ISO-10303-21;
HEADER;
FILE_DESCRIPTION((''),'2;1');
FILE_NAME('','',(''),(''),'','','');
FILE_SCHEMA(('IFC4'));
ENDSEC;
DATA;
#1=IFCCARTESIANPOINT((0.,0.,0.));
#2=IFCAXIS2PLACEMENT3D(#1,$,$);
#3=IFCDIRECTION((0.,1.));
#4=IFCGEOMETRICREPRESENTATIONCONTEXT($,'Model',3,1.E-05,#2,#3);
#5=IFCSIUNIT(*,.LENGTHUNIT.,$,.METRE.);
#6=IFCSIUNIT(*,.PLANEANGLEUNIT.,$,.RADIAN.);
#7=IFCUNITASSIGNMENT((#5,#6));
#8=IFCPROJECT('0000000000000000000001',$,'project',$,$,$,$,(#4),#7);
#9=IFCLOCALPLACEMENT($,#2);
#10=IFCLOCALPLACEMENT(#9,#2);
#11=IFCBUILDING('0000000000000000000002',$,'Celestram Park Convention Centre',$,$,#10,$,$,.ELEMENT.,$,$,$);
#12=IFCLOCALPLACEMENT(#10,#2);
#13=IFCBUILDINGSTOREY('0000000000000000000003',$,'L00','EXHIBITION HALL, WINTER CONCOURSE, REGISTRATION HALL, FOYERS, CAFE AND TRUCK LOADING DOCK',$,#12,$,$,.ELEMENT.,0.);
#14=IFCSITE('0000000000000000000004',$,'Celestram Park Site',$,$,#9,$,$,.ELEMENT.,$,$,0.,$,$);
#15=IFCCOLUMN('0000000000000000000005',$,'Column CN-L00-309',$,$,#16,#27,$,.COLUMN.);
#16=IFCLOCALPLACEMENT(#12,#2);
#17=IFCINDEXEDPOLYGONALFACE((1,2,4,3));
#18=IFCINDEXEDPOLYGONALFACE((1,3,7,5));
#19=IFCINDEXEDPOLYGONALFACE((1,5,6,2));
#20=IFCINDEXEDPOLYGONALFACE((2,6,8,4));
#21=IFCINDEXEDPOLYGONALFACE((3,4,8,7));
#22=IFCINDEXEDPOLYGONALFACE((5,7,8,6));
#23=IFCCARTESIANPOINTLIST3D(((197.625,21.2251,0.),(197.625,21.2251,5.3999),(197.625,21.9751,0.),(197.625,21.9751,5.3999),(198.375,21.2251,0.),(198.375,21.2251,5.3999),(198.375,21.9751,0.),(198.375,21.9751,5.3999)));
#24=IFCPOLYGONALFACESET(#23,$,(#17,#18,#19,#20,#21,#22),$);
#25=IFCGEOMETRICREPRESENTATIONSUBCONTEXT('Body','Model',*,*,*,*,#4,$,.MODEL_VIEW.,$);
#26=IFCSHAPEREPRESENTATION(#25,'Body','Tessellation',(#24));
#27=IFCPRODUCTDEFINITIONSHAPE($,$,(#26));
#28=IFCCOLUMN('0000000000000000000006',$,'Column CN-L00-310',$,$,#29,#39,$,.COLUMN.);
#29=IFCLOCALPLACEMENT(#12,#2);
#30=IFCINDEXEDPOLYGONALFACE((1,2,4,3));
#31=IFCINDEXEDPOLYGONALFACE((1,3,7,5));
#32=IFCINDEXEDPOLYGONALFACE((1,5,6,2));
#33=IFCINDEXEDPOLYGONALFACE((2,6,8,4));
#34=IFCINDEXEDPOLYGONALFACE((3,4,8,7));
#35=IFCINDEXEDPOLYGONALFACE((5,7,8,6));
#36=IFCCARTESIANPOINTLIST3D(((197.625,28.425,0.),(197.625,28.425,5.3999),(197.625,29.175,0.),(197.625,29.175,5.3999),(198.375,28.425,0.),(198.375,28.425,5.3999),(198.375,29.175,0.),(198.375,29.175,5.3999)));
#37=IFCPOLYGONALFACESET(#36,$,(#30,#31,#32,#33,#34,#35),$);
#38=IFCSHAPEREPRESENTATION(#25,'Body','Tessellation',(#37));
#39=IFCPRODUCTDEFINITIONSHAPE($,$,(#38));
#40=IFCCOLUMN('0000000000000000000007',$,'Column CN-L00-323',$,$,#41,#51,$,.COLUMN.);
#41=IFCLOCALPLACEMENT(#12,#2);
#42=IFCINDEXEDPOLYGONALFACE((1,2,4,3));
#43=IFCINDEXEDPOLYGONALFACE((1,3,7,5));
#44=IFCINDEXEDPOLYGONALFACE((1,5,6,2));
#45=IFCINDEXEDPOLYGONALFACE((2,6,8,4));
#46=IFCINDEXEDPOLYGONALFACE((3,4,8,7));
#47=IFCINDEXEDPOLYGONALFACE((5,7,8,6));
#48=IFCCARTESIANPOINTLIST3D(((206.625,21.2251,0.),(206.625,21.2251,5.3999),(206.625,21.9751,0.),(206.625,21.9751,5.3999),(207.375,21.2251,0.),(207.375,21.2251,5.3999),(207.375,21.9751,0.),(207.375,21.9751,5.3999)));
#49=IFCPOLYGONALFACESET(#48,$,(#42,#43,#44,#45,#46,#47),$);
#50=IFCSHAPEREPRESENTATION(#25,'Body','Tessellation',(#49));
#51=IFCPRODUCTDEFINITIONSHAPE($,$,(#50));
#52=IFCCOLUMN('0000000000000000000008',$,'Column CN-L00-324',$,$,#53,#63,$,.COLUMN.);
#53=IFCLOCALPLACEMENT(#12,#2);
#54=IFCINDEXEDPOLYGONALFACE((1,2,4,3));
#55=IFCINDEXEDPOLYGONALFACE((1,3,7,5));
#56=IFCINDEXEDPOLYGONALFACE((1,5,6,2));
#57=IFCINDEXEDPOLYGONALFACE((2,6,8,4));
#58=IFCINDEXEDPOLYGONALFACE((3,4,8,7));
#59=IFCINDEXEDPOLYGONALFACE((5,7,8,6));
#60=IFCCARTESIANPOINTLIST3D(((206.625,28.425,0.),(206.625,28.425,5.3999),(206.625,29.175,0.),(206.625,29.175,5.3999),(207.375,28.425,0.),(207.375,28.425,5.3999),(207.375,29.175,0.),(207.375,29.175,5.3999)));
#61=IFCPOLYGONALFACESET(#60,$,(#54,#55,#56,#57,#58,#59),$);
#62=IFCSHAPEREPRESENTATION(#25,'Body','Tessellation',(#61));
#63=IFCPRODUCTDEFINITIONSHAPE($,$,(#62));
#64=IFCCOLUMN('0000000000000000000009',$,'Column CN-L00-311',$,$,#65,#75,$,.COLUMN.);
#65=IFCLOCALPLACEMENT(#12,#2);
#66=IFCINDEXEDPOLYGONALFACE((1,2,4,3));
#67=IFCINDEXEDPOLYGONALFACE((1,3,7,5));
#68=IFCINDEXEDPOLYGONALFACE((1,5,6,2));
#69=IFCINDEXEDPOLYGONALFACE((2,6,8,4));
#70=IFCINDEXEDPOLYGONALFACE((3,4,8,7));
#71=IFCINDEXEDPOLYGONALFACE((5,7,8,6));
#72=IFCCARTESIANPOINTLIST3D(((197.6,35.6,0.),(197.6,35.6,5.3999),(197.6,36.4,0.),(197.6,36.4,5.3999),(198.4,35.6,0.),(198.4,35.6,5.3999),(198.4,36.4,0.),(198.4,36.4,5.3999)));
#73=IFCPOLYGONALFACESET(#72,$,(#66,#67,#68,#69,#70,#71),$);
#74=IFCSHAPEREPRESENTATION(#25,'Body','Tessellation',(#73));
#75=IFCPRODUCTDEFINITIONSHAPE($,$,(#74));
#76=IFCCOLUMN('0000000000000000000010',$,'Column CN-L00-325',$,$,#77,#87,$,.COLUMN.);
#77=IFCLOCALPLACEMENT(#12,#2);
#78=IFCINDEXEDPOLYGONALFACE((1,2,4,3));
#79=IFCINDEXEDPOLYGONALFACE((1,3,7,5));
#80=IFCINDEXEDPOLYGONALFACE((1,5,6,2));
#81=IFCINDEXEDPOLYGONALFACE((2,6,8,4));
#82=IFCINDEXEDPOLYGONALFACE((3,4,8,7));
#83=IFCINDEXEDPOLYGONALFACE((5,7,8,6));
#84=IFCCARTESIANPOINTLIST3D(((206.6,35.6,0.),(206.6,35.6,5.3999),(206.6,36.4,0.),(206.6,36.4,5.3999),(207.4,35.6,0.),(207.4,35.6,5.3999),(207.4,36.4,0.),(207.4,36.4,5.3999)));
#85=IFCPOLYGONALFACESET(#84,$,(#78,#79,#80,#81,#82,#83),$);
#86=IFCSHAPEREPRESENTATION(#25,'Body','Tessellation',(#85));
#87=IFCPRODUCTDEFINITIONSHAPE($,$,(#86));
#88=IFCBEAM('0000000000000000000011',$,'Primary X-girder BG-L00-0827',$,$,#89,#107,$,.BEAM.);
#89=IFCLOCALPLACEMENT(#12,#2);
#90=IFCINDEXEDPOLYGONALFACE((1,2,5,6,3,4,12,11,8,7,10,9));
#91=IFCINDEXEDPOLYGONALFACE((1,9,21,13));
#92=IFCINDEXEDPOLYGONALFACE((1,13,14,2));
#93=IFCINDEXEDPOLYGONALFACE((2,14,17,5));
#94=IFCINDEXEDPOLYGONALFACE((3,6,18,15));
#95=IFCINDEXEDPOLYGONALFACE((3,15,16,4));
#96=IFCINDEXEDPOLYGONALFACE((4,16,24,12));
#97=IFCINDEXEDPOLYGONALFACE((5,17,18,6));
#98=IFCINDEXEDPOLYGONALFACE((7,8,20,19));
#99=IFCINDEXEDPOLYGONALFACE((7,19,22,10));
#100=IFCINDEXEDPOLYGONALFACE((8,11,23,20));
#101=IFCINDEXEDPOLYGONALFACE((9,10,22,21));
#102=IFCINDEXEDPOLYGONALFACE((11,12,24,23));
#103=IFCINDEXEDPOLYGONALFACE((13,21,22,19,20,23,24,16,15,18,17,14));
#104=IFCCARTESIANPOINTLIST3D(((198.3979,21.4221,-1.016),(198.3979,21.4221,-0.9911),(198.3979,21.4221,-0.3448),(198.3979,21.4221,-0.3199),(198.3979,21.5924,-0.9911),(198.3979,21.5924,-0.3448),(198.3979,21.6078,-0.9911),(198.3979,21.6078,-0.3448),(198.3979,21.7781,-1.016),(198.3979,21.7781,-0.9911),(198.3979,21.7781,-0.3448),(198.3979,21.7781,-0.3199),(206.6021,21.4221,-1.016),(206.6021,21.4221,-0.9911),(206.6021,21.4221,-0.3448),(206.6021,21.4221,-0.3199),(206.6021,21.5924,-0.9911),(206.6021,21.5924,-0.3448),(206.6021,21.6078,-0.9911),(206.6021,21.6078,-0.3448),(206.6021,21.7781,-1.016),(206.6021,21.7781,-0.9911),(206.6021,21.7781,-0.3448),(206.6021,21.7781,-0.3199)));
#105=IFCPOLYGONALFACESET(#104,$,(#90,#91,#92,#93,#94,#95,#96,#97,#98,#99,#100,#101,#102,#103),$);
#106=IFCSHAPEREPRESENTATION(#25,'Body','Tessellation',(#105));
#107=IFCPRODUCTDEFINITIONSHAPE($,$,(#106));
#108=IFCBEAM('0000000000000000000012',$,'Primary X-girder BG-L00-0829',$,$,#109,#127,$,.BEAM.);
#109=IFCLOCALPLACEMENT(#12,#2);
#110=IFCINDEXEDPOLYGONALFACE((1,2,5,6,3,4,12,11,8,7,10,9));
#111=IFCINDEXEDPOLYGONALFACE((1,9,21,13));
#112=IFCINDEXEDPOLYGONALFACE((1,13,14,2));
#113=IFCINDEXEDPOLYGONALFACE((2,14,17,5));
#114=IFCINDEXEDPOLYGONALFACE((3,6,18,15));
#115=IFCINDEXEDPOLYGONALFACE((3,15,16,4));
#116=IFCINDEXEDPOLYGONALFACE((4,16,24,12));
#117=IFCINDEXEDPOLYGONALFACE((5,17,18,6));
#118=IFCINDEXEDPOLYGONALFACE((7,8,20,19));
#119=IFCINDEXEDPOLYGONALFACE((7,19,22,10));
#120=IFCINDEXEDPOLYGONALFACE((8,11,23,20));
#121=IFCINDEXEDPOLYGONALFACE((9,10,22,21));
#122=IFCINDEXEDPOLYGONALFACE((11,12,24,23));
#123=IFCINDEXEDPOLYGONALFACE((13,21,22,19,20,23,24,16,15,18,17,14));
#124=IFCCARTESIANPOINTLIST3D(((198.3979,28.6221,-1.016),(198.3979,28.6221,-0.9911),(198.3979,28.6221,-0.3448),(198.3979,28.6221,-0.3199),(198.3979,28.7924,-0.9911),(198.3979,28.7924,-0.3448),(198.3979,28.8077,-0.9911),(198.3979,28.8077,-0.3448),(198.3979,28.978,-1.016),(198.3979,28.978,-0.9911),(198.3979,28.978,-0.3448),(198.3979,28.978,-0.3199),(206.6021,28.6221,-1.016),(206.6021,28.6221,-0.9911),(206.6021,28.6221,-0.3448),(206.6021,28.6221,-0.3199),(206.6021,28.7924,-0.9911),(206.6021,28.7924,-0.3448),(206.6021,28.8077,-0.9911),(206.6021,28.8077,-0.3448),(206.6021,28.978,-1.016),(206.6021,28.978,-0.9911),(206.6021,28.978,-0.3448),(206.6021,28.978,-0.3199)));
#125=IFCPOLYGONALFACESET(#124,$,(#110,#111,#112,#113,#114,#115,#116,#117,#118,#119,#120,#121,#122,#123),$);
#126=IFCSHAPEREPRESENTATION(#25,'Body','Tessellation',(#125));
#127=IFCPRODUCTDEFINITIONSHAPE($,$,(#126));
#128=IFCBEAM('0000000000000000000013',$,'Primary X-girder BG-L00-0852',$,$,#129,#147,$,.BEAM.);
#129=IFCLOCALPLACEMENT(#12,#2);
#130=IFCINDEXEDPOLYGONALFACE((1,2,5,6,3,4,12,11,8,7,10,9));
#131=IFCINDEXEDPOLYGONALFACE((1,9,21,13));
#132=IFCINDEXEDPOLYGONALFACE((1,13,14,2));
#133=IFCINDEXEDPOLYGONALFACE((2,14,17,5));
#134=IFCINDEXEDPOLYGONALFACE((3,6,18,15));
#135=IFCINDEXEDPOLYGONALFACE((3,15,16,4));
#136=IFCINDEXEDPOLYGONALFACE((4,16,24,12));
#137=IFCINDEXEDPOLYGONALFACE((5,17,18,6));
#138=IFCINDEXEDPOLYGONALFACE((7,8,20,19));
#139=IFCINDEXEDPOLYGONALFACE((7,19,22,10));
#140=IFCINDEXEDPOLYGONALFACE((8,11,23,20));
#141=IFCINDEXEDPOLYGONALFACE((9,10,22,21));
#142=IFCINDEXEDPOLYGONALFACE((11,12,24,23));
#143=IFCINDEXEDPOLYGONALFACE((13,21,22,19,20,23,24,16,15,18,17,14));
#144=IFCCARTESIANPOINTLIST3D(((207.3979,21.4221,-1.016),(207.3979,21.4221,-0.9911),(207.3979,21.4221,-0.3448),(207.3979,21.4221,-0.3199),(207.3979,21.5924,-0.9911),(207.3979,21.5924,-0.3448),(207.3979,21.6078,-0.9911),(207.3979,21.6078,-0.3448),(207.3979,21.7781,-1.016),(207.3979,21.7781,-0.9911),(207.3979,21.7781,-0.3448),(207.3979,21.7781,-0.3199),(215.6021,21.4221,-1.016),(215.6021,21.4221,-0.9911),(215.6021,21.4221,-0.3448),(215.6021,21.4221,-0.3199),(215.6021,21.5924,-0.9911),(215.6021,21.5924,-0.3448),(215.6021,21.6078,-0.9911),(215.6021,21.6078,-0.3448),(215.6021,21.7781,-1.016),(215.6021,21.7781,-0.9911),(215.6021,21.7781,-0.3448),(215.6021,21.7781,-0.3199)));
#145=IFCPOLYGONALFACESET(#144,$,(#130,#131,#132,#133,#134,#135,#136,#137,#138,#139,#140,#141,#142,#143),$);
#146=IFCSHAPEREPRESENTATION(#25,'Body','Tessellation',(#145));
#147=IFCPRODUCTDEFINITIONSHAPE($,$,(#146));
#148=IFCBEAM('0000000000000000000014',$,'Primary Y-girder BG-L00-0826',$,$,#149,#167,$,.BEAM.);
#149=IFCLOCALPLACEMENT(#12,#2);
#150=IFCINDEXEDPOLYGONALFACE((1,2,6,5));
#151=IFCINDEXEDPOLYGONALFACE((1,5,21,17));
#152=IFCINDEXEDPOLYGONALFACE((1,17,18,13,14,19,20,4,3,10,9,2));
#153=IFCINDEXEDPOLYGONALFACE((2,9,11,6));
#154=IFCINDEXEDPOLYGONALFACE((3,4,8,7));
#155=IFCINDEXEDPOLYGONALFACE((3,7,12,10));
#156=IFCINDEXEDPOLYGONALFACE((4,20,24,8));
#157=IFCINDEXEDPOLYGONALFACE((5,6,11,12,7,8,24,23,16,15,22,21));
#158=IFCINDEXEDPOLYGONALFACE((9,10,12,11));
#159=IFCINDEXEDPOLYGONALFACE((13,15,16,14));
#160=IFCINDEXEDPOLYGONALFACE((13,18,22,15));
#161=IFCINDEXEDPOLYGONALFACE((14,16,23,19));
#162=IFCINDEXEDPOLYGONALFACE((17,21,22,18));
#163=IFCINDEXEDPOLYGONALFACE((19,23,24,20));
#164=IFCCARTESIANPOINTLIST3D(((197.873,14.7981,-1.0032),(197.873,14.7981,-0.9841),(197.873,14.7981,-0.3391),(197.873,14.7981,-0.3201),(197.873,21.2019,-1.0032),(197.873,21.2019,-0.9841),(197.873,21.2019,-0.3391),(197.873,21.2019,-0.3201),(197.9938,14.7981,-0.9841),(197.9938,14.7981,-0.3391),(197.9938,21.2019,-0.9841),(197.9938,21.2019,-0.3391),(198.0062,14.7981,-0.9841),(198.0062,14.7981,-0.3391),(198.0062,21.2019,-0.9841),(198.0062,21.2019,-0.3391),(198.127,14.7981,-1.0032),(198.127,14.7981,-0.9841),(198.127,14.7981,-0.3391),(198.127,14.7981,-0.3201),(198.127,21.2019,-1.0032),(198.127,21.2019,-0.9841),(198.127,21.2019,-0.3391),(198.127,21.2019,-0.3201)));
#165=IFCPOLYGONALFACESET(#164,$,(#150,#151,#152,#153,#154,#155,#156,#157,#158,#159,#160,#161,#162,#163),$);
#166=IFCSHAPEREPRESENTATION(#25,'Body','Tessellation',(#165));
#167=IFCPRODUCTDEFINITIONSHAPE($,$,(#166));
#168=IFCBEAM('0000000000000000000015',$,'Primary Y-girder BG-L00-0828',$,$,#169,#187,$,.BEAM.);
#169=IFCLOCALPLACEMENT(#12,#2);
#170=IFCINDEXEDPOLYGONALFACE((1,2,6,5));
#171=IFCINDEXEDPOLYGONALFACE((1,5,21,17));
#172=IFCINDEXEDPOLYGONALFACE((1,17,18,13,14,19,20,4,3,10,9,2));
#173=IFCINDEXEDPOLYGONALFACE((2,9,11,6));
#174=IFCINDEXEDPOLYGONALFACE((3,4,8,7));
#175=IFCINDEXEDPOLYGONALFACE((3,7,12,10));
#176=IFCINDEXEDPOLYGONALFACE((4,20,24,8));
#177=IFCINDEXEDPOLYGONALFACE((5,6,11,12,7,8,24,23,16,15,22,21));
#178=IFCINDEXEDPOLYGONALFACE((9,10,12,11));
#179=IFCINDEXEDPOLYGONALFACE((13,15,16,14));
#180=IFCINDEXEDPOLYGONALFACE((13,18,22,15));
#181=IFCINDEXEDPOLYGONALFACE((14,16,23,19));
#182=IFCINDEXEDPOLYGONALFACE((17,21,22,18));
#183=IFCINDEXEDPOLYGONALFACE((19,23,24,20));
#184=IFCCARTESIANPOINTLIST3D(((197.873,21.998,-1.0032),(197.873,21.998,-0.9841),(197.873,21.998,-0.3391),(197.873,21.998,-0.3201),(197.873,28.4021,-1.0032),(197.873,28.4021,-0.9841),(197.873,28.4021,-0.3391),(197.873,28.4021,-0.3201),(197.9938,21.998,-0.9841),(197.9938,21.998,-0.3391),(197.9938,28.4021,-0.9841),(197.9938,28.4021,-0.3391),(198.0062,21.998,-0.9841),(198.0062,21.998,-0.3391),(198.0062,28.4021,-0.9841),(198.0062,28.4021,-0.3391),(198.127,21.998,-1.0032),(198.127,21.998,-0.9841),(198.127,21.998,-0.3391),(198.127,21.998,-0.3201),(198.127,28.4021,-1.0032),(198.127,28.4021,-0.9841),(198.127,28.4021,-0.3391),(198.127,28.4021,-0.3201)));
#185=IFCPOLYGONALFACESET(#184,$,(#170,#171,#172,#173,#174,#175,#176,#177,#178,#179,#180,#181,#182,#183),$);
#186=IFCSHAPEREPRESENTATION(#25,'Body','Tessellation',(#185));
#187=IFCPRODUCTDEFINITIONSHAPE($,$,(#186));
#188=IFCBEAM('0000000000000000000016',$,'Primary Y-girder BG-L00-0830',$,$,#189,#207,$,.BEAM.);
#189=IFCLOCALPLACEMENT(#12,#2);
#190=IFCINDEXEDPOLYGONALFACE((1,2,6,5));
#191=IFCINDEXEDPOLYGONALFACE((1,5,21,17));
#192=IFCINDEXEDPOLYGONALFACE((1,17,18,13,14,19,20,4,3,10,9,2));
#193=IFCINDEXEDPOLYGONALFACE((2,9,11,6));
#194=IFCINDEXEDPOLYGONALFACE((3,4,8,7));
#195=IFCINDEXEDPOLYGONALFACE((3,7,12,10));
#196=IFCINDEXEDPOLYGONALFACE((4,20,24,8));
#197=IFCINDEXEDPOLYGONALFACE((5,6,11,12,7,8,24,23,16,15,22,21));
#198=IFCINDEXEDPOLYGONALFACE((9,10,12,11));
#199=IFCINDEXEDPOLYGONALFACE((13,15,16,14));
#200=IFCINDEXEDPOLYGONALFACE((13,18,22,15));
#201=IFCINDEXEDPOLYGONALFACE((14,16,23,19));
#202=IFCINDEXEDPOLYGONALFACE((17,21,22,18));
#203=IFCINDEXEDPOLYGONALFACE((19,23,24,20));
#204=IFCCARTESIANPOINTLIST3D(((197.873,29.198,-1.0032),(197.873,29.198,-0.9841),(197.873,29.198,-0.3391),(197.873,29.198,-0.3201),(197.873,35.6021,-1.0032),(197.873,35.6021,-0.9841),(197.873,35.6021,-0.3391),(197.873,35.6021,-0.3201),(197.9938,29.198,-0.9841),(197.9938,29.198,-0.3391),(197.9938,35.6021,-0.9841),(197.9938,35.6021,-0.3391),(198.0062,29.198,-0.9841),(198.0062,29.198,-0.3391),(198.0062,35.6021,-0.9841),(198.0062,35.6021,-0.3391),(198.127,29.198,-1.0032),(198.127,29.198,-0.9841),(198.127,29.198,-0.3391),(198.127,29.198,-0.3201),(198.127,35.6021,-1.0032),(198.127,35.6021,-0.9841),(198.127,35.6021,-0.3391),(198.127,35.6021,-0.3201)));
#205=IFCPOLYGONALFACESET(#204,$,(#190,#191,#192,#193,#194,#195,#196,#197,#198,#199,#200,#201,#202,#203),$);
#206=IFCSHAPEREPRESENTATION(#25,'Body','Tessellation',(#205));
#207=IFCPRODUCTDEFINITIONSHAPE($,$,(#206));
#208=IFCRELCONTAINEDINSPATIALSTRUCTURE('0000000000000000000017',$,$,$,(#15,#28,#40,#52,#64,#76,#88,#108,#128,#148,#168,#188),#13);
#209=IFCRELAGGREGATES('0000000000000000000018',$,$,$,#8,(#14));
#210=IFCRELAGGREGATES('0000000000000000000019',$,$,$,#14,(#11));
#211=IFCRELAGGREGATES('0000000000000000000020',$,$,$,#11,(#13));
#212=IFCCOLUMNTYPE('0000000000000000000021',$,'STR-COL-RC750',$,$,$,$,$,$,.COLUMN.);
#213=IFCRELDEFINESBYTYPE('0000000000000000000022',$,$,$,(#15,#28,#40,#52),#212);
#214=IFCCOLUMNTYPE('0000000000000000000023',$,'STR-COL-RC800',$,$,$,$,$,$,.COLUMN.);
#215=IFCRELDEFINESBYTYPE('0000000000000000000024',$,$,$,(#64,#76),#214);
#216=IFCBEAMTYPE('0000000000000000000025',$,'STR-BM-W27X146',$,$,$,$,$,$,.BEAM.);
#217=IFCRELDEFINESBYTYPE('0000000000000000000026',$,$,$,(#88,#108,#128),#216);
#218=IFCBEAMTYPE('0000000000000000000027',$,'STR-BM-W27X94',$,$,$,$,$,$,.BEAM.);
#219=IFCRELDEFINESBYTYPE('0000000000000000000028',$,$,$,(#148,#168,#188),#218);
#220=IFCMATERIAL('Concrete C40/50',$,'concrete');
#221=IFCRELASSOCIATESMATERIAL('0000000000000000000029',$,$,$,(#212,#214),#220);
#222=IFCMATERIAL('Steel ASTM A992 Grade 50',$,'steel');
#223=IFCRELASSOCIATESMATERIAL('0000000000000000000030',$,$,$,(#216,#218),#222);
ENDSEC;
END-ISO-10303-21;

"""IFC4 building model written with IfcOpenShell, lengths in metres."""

from ifc_helpers import new_model, si_unit, direction, frame, origin, origin_2d, place, context, subcontext, project, spatial, rectangle, i_section, extrude, material, material_profile, profile_set, type_object, element, save


model = new_model("IFC4")

# Units and contexts
model_context = context("Model", 3, precision=1e-05, world=origin(), true_north=direction((0.0, 1.0)))
body_context = subcontext(model_context, "Body", "Model", "MODEL_VIEW")
ifc_project = project(units=[si_unit("LENGTHUNIT", "METRE"), si_unit("PLANEANGLEUNIT", "RADIAN")], contexts=[model_context])

# Site, building, storey
site_placement = place(None, origin())
site = spatial("IfcSite", under=ifc_project, at=site_placement, Name="Celestram Park Site", CompositionType="ELEMENT", RefElevation=0.0)
building_placement = place(site_placement, origin())
building = spatial("IfcBuilding", under=site, at=building_placement, Name="Celestram Park Convention Centre", CompositionType="ELEMENT")
storey_placement = place(building_placement, origin())
storey = spatial("IfcBuildingStorey", under=building, at=storey_placement, Name="L00", Description="EXHIBITION HALL, WINTER CONCOURSE, REGISTRATION HALL, FOYERS, CAFE AND TRUCK LOADING DOCK", CompositionType="ELEMENT", Elevation=0.0)

# Columns
ifc_material_1 = material(Name="Concrete C40/50", Category="concrete")
ifc_material_profile_1 = material_profile(ifc_material_1, rectangle(XDim=0.75, YDim=0.75, at=origin_2d()), Name="RC750X750")
ifc_profile_set_1 = profile_set([ifc_material_profile_1], Name="Concrete C40/50")
column_type_1 = type_object("IfcColumnType", Name="STR-COL-RC750", PredefinedType="COLUMN", material=ifc_profile_set_1)
for number, where, z_axis, x_axis, name in (
    (1, (198.0, 21.6001, 0.0), (0.0, 0.0, 1.0), (1.0, 0.0, 0.0), "Column CN-L00-309"),
    (2, (198.0, 28.8, 0.0), (0.0, 0.0, 1.0), (1.0, 0.0, 0.0), "Column CN-L00-310"),
    (3, (207.0, 21.6001, 0.0), (0.0, 0.0, 1.0), (1.0, 0.0, 0.0), "Column CN-L00-323"),
    (4, (207.0, 28.8, 0.0), (0.0, 0.0, 1.0), (1.0, 0.0, 0.0), "Column CN-L00-324"),
):
    element("IfcColumn", number, at=place(storey_placement, frame(where, z_axis=z_axis, x_axis=x_axis)), inside=storey, type_object=column_type_1, Name=name, PredefinedType="COLUMN", context=body_context, shape_type="SweptSolid", body=[
        extrude(rectangle(XDim=0.75, YDim=0.75, at=origin_2d()), origin(), (0.0, 0.0, 1.0), 5.3999),
    ])
ifc_material_profile_2 = material_profile(ifc_material_1, rectangle(XDim=0.8, YDim=0.8, at=origin_2d()), Name="RC800X800")
ifc_profile_set_2 = profile_set([ifc_material_profile_2], Name="Concrete C40/50")
column_type_2 = type_object("IfcColumnType", Name="STR-COL-RC800", PredefinedType="COLUMN", material=ifc_profile_set_2)
for number, where, z_axis, x_axis, name in (
    (5, (198.0, 36.0, 0.0), (0.0, 0.0, 1.0), (1.0, 0.0, 0.0), "Column CN-L00-311"),
    (6, (207.0, 36.0, 0.0), (0.0, 0.0, 1.0), (1.0, 0.0, 0.0), "Column CN-L00-325"),
):
    element("IfcColumn", number, at=place(storey_placement, frame(where, z_axis=z_axis, x_axis=x_axis)), inside=storey, type_object=column_type_2, Name=name, PredefinedType="COLUMN", context=body_context, shape_type="SweptSolid", body=[
        extrude(rectangle(XDim=0.8, YDim=0.8, at=origin_2d()), origin(), (0.0, 0.0, 1.0), 5.3999),
    ])

# Beams
ifc_material_2 = material(Name="Steel ASTM A992 Grade 50", Category="steel")
ifc_material_profile_3 = material_profile(ifc_material_2, i_section(OverallWidth=0.356, OverallDepth=0.696, WebThickness=0.0154, FlangeThickness=0.0249, at=origin_2d()), Name="W27X146")
ifc_profile_set_3 = profile_set([ifc_material_profile_3], Name="Steel ASTM A992 Grade 50")
beam_type_1 = type_object("IfcBeamType", Name="STR-BM-W27X146", PredefinedType="BEAM", material=ifc_profile_set_3)
for number, where, z_axis, x_axis, name in (
    (7, (198.3979, 21.6001, -0.668), (1.0, 0.0, 0.0), (0.0, 1.0, 0.0), "Primary X-girder BG-L00-0827"),
    (8, (198.3979, 28.8, -0.668), (1.0, 0.0, 0.0), (0.0, 1.0, 0.0), "Primary X-girder BG-L00-0829"),
    (9, (207.3979, 21.6001, -0.668), (1.0, 0.0, 0.0), (0.0, 1.0, 0.0), "Primary X-girder BG-L00-0852"),
):
    element("IfcBeam", number, at=place(storey_placement, frame(where, z_axis=z_axis, x_axis=x_axis)), inside=storey, type_object=beam_type_1, Name=name, PredefinedType="BEAM", context=body_context, shape_type="SweptSolid", body=[
        extrude(i_section(OverallWidth=0.356, OverallDepth=0.696, WebThickness=0.0154, FlangeThickness=0.0249, at=origin_2d()), origin(), (0.0, 0.0, 1.0), 8.2041),
    ])
ifc_material_profile_4 = material_profile(ifc_material_2, i_section(OverallWidth=0.2539, OverallDepth=0.6831, WebThickness=0.0125, FlangeThickness=0.019, at=origin_2d()), Name="W27X94")
ifc_profile_set_4 = profile_set([ifc_material_profile_4], Name="Steel ASTM A992 Grade 50")
beam_type_2 = type_object("IfcBeamType", Name="STR-BM-W27X94", PredefinedType="BEAM", material=ifc_profile_set_4)
beam_1_placement = place(storey_placement, frame((198.0, 14.7981, -0.6616), z_axis=(0.0, 1.0, 0.0), x_axis=(-1.0, 0.0, 0.0)))
element("IfcBeam", 10, at=beam_1_placement, inside=storey, type_object=beam_type_2, Name="Primary Y-girder BG-L00-0826", PredefinedType="BEAM", context=body_context, shape_type="SweptSolid", body=[
    extrude(i_section(OverallWidth=0.2539, OverallDepth=0.6831, WebThickness=0.0125, FlangeThickness=0.019, at=origin_2d()), origin(), (0.0, 0.0, 1.0), 6.4038),
])
for number, where, z_axis, x_axis, name in (
    (11, (198.0, 21.998, -0.6616), (0.0, 1.0, 0.0), (-1.0, 0.0, 0.0), "Primary Y-girder BG-L00-0828"),
    (12, (198.0, 29.198, -0.6616), (0.0, 1.0, 0.0), (-1.0, 0.0, 0.0), "Primary Y-girder BG-L00-0830"),
):
    element("IfcBeam", number, at=place(storey_placement, frame(where, z_axis=z_axis, x_axis=x_axis)), inside=storey, type_object=beam_type_2, Name=name, PredefinedType="BEAM", context=body_context, shape_type="SweptSolid", body=[
        extrude(i_section(OverallWidth=0.2539, OverallDepth=0.6831, WebThickness=0.0125, FlangeThickness=0.019, at=origin_2d()), origin(), (0.0, 0.0, 1.0), 6.4041),
    ])

save(model, "model.ifc")
